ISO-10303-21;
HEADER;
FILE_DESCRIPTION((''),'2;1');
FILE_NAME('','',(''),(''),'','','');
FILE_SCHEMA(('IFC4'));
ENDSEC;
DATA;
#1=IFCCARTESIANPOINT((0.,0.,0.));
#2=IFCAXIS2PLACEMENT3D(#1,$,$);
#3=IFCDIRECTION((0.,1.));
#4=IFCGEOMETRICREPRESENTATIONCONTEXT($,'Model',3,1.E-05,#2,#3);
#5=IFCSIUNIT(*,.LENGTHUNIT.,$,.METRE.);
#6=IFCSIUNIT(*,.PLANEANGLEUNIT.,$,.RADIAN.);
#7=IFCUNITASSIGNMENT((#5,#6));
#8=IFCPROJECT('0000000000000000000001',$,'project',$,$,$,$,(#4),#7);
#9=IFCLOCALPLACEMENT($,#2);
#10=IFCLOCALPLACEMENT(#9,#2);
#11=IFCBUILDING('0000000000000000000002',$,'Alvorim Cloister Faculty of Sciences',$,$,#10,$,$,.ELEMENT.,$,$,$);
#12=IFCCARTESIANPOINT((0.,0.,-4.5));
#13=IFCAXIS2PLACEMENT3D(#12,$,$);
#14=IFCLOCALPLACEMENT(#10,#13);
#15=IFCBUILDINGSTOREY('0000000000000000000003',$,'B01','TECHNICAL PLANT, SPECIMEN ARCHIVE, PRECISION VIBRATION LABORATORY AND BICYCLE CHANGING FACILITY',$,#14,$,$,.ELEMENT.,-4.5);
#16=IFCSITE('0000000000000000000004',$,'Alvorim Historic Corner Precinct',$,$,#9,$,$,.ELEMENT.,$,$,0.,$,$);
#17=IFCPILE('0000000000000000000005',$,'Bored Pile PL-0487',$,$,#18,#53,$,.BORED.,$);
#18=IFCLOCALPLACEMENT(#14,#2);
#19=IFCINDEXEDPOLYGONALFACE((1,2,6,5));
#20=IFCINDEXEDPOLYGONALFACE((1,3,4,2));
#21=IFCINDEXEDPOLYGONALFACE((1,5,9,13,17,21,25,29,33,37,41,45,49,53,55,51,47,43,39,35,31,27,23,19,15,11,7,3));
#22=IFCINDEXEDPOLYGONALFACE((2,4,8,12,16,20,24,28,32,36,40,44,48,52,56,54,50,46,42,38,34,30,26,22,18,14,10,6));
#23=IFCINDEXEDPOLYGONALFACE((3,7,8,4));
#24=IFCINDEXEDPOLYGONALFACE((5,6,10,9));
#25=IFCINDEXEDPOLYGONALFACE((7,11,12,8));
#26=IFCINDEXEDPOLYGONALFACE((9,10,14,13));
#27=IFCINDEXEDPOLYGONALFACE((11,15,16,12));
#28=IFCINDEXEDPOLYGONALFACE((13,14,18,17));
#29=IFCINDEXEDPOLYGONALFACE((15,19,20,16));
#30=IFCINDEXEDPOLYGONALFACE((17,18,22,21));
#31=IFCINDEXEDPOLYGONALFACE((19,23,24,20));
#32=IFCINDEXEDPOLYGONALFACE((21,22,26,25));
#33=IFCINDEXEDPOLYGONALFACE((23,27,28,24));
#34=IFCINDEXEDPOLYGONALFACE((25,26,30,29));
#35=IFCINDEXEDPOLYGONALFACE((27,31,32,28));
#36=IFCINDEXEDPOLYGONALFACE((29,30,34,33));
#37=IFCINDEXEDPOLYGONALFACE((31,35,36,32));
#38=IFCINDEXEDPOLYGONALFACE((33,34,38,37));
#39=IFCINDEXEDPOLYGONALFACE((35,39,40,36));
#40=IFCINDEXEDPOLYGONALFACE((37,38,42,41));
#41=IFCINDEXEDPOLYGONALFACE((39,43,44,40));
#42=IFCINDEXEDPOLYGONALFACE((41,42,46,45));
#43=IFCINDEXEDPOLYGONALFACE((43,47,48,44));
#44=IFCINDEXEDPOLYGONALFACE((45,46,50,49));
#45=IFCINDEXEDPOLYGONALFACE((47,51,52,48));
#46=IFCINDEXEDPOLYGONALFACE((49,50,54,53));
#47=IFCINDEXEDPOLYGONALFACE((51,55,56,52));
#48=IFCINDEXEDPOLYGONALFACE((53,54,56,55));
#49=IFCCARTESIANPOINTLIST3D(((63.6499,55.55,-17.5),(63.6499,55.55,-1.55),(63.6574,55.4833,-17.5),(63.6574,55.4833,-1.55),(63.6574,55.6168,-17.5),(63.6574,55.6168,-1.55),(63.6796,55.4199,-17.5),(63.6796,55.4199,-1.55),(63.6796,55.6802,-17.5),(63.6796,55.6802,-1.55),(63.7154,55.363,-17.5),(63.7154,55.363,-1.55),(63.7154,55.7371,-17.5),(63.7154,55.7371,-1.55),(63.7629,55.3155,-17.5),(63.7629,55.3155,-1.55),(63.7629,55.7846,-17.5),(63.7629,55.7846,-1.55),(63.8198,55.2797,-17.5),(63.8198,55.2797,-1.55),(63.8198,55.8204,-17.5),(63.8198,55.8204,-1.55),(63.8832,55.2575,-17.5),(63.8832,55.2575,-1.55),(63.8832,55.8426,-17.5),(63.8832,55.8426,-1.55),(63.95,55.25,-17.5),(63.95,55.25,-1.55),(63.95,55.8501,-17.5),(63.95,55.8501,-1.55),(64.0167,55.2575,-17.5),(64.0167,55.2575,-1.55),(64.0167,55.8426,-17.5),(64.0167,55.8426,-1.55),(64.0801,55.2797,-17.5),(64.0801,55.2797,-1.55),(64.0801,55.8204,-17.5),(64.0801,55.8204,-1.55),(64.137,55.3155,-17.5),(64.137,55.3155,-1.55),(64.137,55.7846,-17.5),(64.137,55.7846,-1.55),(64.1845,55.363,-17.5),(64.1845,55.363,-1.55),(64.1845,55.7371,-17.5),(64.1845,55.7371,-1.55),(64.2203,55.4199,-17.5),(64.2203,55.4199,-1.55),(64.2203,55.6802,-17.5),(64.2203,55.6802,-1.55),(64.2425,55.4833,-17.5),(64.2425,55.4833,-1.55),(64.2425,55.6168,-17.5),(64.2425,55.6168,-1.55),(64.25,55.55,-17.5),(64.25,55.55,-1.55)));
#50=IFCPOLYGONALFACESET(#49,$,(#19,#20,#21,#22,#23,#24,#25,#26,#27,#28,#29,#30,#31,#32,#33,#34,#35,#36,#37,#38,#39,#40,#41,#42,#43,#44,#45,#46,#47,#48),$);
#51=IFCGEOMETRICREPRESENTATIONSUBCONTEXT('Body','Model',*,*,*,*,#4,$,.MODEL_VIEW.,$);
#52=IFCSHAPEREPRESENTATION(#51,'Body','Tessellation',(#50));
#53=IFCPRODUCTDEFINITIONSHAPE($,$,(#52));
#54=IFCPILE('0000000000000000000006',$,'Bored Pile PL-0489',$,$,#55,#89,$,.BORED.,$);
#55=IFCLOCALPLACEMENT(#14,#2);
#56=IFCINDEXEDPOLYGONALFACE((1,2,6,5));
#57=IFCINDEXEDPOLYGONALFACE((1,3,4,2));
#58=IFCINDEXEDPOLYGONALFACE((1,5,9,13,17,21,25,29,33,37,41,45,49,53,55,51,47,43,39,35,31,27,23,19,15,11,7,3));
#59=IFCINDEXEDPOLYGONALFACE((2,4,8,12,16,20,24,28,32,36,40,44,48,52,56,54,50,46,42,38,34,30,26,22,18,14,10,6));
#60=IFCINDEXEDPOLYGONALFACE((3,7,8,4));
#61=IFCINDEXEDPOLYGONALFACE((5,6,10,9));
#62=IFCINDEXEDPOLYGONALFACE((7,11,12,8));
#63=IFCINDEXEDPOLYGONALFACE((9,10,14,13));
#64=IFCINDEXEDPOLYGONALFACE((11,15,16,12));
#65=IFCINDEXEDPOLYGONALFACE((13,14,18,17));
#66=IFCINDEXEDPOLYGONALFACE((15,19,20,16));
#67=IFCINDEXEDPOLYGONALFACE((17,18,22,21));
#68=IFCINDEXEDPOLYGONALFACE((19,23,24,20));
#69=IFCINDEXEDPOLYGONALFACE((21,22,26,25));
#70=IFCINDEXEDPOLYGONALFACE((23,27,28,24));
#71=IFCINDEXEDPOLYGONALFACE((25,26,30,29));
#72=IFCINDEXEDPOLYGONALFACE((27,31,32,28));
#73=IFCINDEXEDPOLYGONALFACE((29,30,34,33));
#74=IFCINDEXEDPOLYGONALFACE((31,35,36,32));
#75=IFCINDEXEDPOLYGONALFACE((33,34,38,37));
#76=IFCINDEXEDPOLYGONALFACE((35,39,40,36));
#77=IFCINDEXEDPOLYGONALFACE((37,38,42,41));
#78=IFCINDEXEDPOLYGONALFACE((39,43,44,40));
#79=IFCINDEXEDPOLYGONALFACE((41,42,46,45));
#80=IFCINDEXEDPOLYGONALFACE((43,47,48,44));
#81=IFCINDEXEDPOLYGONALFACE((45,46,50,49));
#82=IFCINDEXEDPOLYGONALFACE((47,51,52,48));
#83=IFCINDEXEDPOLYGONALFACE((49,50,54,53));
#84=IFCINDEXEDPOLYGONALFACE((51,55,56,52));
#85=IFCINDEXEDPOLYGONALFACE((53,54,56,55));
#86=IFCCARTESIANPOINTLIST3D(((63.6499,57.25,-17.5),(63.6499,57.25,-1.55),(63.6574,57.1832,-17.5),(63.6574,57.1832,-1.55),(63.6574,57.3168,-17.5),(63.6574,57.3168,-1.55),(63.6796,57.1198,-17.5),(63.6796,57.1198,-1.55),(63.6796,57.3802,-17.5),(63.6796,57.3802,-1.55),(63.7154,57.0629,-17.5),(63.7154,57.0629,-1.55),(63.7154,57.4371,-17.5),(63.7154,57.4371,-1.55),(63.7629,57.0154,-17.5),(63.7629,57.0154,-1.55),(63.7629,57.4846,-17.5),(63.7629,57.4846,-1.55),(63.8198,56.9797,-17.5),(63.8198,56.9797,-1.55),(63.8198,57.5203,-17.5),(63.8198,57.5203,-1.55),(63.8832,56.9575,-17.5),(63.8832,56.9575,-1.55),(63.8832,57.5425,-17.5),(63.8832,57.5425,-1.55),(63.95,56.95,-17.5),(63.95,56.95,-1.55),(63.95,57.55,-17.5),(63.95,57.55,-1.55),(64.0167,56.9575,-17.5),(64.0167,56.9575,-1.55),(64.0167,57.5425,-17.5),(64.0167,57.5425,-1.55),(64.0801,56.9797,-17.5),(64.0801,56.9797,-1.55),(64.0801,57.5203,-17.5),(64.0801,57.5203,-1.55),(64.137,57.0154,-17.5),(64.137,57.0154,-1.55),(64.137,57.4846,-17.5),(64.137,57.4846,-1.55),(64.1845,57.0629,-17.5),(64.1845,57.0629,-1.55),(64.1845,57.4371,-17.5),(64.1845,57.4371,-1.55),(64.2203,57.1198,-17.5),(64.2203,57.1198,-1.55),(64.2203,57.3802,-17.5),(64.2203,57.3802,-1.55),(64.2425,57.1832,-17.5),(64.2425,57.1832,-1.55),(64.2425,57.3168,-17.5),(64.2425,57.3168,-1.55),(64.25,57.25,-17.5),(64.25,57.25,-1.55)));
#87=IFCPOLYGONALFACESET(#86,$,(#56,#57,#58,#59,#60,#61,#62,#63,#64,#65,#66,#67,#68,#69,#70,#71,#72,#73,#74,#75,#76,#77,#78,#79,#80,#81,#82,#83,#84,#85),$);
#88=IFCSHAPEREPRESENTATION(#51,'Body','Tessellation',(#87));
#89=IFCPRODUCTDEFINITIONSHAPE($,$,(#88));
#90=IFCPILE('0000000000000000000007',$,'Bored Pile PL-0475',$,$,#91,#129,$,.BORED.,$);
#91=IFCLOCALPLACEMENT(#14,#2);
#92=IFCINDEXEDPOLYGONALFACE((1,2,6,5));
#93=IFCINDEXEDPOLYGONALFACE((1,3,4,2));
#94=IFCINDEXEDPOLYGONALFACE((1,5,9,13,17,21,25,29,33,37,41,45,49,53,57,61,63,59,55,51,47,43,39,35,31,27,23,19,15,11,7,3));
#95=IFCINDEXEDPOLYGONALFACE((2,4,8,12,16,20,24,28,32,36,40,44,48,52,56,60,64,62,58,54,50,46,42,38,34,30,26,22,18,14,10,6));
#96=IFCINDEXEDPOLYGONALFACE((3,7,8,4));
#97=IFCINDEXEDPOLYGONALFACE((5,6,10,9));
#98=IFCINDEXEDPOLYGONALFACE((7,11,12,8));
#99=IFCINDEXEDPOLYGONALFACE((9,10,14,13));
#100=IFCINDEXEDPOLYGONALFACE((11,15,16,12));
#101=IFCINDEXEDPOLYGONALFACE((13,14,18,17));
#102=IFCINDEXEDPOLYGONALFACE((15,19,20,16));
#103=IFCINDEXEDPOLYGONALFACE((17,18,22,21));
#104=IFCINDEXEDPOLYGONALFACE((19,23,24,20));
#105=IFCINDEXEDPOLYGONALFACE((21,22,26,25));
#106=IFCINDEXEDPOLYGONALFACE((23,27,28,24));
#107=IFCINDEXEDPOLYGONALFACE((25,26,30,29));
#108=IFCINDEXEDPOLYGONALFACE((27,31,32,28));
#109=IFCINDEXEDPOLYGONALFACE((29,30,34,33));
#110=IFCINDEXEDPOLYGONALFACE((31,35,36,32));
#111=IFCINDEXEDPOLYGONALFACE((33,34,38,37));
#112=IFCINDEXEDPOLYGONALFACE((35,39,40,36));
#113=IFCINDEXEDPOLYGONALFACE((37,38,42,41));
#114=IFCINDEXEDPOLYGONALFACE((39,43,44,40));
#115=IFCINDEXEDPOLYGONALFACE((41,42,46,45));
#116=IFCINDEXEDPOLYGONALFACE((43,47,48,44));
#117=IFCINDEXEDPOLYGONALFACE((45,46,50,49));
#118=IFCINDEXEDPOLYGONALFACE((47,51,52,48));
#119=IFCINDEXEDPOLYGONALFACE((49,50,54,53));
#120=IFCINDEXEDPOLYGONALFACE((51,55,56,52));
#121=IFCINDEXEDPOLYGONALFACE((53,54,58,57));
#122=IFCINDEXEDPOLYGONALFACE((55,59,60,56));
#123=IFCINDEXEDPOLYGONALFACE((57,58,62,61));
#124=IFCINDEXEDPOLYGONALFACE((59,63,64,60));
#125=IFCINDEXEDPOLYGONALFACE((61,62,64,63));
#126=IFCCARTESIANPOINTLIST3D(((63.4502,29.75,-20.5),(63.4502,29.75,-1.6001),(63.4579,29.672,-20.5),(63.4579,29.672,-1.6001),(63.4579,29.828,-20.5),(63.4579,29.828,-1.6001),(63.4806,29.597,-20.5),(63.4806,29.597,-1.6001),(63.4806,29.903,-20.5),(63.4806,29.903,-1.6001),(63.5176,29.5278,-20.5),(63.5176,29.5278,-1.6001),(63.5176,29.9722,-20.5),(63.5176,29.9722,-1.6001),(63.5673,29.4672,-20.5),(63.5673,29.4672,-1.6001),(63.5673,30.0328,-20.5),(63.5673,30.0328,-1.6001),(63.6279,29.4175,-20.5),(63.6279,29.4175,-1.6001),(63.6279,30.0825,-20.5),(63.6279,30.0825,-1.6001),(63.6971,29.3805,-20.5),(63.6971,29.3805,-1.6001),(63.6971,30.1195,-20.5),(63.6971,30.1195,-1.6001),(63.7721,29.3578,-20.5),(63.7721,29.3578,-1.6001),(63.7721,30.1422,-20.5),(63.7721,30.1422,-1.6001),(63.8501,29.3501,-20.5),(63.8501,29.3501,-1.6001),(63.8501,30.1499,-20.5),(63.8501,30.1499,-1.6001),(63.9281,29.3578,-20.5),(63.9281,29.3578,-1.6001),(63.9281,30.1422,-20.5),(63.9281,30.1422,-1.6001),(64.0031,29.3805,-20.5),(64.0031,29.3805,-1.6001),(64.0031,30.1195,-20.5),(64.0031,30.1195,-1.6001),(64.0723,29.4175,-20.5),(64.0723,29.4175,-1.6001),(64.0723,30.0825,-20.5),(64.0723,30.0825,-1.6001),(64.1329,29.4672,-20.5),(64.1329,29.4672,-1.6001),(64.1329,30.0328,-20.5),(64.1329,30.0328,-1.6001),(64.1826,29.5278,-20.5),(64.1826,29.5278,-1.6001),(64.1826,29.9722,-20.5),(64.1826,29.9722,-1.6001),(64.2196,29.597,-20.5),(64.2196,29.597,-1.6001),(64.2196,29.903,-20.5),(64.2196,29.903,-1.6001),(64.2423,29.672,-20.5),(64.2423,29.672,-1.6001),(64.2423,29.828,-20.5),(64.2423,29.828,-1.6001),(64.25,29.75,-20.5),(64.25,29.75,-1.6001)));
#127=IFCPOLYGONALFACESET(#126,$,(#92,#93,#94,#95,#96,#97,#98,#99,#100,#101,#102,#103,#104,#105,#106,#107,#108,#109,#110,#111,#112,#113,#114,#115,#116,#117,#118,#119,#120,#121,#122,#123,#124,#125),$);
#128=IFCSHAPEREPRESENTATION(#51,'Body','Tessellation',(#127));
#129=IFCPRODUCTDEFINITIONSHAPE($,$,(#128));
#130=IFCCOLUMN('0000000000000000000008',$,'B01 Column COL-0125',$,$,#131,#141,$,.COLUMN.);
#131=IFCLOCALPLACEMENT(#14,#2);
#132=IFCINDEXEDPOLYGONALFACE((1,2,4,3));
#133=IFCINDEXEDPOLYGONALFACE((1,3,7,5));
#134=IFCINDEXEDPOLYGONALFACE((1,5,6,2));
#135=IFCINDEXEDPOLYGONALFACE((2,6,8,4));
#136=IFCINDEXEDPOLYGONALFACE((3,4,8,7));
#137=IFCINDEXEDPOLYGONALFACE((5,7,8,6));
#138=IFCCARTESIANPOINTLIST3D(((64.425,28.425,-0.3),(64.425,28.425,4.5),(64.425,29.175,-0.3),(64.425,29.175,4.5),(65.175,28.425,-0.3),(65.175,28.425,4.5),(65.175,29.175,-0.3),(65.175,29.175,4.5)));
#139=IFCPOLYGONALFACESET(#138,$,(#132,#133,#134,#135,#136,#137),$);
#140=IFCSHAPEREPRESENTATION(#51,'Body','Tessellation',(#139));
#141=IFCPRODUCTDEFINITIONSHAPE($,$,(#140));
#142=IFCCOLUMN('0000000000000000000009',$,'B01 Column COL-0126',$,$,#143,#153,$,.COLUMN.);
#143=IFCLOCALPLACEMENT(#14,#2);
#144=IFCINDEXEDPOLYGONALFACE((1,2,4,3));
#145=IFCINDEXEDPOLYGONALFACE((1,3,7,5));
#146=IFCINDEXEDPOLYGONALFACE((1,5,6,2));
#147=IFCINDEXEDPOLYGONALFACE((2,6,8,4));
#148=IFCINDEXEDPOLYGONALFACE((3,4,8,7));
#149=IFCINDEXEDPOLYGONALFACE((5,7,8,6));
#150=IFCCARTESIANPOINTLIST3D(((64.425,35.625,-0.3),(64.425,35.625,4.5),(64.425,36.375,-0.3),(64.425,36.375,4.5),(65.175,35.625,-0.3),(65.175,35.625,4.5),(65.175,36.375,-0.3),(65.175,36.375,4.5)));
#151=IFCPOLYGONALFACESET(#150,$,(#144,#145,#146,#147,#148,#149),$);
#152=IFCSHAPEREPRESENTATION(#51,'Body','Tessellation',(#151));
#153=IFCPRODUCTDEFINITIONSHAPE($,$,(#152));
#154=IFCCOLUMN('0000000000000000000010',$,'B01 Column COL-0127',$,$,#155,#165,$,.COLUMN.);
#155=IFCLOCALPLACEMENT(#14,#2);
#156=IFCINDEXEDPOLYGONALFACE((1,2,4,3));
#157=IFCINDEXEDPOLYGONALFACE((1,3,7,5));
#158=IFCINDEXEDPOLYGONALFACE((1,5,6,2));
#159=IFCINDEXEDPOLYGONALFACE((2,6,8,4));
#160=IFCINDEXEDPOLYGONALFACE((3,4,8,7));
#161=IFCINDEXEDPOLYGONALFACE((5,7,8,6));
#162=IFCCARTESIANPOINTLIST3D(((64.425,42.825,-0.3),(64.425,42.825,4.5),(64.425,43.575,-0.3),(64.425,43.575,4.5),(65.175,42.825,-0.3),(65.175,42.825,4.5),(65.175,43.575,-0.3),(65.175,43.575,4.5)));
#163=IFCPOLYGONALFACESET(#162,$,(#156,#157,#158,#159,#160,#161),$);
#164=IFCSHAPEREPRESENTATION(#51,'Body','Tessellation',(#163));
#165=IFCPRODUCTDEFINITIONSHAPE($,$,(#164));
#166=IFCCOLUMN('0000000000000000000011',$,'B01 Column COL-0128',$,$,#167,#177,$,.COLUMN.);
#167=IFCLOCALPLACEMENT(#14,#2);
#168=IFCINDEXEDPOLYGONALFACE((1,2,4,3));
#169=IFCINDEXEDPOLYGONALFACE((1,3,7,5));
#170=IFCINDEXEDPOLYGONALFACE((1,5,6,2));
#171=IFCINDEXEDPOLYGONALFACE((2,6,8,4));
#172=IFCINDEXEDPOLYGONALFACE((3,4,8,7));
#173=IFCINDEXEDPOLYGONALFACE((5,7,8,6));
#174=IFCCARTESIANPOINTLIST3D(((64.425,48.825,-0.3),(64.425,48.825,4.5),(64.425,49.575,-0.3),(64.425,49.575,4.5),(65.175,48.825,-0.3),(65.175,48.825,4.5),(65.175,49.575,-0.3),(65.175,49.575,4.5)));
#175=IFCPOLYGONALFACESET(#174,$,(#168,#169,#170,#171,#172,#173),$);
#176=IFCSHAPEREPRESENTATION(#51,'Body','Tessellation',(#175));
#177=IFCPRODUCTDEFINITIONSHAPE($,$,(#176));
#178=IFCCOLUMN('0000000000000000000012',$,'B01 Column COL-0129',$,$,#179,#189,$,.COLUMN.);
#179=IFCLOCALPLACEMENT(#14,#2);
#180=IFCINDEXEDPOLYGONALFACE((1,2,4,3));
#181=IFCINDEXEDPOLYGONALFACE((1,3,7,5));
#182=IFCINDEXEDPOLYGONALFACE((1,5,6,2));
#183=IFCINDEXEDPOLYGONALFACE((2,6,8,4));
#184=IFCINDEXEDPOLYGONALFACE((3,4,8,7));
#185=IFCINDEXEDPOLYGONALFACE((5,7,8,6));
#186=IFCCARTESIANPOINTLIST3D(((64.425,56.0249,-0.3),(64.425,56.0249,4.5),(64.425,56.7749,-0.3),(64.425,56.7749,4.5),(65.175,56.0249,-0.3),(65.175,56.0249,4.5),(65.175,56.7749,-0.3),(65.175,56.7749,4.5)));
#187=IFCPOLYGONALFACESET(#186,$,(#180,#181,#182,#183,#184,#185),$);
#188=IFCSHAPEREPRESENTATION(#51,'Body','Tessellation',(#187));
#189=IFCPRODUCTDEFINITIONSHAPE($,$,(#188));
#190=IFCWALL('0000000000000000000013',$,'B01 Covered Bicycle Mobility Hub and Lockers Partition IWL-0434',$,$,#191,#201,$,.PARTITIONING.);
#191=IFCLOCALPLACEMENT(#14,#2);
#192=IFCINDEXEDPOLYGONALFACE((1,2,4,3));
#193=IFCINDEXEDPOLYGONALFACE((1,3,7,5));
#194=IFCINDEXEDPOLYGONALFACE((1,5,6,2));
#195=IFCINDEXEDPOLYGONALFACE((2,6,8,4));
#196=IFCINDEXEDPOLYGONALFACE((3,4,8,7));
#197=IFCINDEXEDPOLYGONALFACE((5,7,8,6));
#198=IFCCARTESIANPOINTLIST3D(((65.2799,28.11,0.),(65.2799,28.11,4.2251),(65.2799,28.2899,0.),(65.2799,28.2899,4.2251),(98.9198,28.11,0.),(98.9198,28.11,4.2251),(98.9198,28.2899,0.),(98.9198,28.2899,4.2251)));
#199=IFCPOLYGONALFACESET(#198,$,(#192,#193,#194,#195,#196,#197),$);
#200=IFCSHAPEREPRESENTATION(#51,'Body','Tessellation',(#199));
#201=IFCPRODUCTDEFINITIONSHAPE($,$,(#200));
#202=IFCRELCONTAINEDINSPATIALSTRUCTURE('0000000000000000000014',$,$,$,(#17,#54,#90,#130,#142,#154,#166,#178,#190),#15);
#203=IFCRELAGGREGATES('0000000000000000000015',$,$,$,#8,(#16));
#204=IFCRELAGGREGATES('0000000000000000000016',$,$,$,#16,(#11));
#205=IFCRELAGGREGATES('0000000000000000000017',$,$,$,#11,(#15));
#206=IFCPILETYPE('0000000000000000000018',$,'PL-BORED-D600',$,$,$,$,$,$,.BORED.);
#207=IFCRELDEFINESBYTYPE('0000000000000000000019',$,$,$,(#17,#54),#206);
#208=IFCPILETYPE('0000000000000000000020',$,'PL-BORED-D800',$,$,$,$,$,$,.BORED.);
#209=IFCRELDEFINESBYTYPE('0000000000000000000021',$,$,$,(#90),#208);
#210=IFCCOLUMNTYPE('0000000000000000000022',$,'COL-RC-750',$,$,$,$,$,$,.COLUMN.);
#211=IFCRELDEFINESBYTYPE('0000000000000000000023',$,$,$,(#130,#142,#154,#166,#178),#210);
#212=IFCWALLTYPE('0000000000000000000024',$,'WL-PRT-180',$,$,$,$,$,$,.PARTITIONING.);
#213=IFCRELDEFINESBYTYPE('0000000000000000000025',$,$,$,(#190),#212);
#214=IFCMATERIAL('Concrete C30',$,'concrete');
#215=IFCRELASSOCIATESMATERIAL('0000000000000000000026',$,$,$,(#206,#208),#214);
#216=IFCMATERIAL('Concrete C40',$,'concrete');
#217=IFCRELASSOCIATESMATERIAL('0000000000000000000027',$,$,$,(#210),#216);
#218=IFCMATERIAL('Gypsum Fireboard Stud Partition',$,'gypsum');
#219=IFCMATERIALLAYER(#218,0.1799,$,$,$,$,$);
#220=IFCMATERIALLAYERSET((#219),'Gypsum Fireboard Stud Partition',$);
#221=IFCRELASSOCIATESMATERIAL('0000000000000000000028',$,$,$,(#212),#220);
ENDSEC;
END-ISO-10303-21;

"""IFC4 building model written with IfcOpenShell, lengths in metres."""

from ifc_helpers import new_model, si_unit, direction, frame, frame_2d, origin, origin_2d, place, context, subcontext, project, spatial, rectangle, circle, extrude, material, layer, layer_set, material_profile, profile_set, type_object, element, save


model = new_model("IFC4")

# Units and contexts
model_context = context("Model", 3, precision=1e-05, world=origin(), true_north=direction((0.0, 1.0)))
body_context = subcontext(model_context, "Body", "Model", "MODEL_VIEW")
ifc_project = project(units=[si_unit("LENGTHUNIT", "METRE"), si_unit("PLANEANGLEUNIT", "RADIAN")], contexts=[model_context])

# Site, building, storey
site_placement = place(None, origin())
site = spatial("IfcSite", under=ifc_project, at=site_placement, Name="Alvorim Historic Corner Precinct", CompositionType="ELEMENT", RefElevation=0.0)
building_placement = place(site_placement, origin())
building = spatial("IfcBuilding", under=site, at=building_placement, Name="Alvorim Cloister Faculty of Sciences", CompositionType="ELEMENT")
storey_placement = place(building_placement, frame((0.0, 0.0, -4.5)))
storey = spatial("IfcBuildingStorey", under=building, at=storey_placement, Name="B01", Description="TECHNICAL PLANT, SPECIMEN ARCHIVE, PRECISION VIBRATION LABORATORY AND BICYCLE CHANGING FACILITY", CompositionType="ELEMENT", Elevation=-4.5)

# Shared definitions
ifc_material_1 = material(Name="Concrete C40", Category="concrete")

# Piles
ifc_material_2 = material(Name="Concrete C30", Category="concrete")
ifc_material_profile_1 = material_profile(ifc_material_2, circle(Radius=0.3, at=origin_2d()), Name="PILE-D600")
ifc_profile_set_1 = profile_set([ifc_material_profile_1], Name="Concrete C30")
pile_type_1 = type_object("IfcPileType", Name="PL-BORED-D600", PredefinedType="BORED", material=ifc_profile_set_1)
for number, where, z_axis, x_axis, name in (
    (1, (63.95, 55.55, -1.55), (0.0, 0.0, -1.0), (1.0, 0.0, 0.0), "Bored Pile PL-0487"),
    (2, (63.95, 57.25, -1.55), (0.0, 0.0, -1.0), (1.0, 0.0, 0.0), "Bored Pile PL-0489"),
):
    element("IfcPile", number, at=place(storey_placement, frame(where, z_axis=z_axis, x_axis=x_axis)), inside=storey, type_object=pile_type_1, Name=name, PredefinedType="BORED", context=body_context, shape_type="SweptSolid", body=[
        extrude(circle(Radius=0.3, at=origin_2d()), origin(), (0.0, 0.0, 1.0), 15.95),
    ])
ifc_material_profile_2 = material_profile(ifc_material_2, circle(Radius=0.3999, at=origin_2d()), Name="PILE-D800")
ifc_profile_set_2 = profile_set([ifc_material_profile_2], Name="Concrete C30")
pile_type_2 = type_object("IfcPileType", Name="PL-BORED-D800", PredefinedType="BORED", material=ifc_profile_set_2)
pile_1_placement = place(storey_placement, frame((63.8501, 29.75, -1.6001), z_axis=(0.0, 0.0, -1.0), x_axis=(1.0, 0.0, 0.0)))
element("IfcPile", 3, at=pile_1_placement, inside=storey, type_object=pile_type_2, Name="Bored Pile PL-0475", PredefinedType="BORED", context=body_context, shape_type="SweptSolid", body=[
    extrude(circle(Radius=0.3999, at=origin_2d()), origin(), (0.0, 0.0, 1.0), 18.8999),
])

# Columns
ifc_material_profile_3 = material_profile(ifc_material_1, rectangle(XDim=0.75, YDim=0.75, at=origin_2d()), Name="RC40-COL-750x750")
ifc_profile_set_3 = profile_set([ifc_material_profile_3], Name="Concrete C40")
column_type = type_object("IfcColumnType", Name="COL-RC-750", PredefinedType="COLUMN", material=ifc_profile_set_3)
for number, where, z_axis, x_axis, name in (
    (4, (64.8, 28.8, -0.3), (0.0, 0.0, 1.0), (1.0, 0.0, 0.0), "B01 Column COL-0125"),
    (5, (64.8, 36.0, -0.3), (0.0, 0.0, 1.0), (1.0, 0.0, 0.0), "B01 Column COL-0126"),
    (6, (64.8, 43.2, -0.3), (0.0, 0.0, 1.0), (1.0, 0.0, 0.0), "B01 Column COL-0127"),
    (7, (64.8, 49.2, -0.3), (0.0, 0.0, 1.0), (1.0, 0.0, 0.0), "B01 Column COL-0128"),
    (8, (64.8, 56.3999, -0.3), (0.0, 0.0, 1.0), (1.0, 0.0, 0.0), "B01 Column COL-0129"),
):
    element("IfcColumn", number, at=place(storey_placement, frame(where, z_axis=z_axis, x_axis=x_axis)), inside=storey, type_object=column_type, Name=name, PredefinedType="COLUMN", context=body_context, shape_type="SweptSolid", body=[
        extrude(rectangle(XDim=0.75, YDim=0.75, at=origin_2d()), origin(), (0.0, 0.0, 1.0), 4.8),
    ])

# Wall
ifc_material_3 = material(Name="Gypsum Fireboard Stud Partition", Category="gypsum")
ifc_layer_1 = layer(ifc_material_3, 0.1799)
ifc_layer_set_1 = layer_set([ifc_layer_1], Name="Gypsum Fireboard Stud Partition")
wall_type_1 = type_object("IfcWallType", Name="WL-PRT-180", PredefinedType="PARTITIONING", material=ifc_layer_set_1)
wall_1_placement = place(storey_placement, frame((65.28, 28.2, 0.0), z_axis=(0.0, 0.0, 1.0), x_axis=(1.0, 0.0, 0.0)))
element("IfcWall", 9, at=wall_1_placement, inside=storey, type_object=wall_type_1, Name="B01 Covered Bicycle Mobility Hub and Lockers Partition IWL-0434", PredefinedType="PARTITIONING", context=body_context, shape_type="SweptSolid", body=[
    extrude(rectangle(XDim=33.6399, YDim=0.1799, at=frame_2d((16.8198, 0.0))), origin(), (0.0, 0.0, 1.0), 4.2251),
])

save(model, "model.ifc")
